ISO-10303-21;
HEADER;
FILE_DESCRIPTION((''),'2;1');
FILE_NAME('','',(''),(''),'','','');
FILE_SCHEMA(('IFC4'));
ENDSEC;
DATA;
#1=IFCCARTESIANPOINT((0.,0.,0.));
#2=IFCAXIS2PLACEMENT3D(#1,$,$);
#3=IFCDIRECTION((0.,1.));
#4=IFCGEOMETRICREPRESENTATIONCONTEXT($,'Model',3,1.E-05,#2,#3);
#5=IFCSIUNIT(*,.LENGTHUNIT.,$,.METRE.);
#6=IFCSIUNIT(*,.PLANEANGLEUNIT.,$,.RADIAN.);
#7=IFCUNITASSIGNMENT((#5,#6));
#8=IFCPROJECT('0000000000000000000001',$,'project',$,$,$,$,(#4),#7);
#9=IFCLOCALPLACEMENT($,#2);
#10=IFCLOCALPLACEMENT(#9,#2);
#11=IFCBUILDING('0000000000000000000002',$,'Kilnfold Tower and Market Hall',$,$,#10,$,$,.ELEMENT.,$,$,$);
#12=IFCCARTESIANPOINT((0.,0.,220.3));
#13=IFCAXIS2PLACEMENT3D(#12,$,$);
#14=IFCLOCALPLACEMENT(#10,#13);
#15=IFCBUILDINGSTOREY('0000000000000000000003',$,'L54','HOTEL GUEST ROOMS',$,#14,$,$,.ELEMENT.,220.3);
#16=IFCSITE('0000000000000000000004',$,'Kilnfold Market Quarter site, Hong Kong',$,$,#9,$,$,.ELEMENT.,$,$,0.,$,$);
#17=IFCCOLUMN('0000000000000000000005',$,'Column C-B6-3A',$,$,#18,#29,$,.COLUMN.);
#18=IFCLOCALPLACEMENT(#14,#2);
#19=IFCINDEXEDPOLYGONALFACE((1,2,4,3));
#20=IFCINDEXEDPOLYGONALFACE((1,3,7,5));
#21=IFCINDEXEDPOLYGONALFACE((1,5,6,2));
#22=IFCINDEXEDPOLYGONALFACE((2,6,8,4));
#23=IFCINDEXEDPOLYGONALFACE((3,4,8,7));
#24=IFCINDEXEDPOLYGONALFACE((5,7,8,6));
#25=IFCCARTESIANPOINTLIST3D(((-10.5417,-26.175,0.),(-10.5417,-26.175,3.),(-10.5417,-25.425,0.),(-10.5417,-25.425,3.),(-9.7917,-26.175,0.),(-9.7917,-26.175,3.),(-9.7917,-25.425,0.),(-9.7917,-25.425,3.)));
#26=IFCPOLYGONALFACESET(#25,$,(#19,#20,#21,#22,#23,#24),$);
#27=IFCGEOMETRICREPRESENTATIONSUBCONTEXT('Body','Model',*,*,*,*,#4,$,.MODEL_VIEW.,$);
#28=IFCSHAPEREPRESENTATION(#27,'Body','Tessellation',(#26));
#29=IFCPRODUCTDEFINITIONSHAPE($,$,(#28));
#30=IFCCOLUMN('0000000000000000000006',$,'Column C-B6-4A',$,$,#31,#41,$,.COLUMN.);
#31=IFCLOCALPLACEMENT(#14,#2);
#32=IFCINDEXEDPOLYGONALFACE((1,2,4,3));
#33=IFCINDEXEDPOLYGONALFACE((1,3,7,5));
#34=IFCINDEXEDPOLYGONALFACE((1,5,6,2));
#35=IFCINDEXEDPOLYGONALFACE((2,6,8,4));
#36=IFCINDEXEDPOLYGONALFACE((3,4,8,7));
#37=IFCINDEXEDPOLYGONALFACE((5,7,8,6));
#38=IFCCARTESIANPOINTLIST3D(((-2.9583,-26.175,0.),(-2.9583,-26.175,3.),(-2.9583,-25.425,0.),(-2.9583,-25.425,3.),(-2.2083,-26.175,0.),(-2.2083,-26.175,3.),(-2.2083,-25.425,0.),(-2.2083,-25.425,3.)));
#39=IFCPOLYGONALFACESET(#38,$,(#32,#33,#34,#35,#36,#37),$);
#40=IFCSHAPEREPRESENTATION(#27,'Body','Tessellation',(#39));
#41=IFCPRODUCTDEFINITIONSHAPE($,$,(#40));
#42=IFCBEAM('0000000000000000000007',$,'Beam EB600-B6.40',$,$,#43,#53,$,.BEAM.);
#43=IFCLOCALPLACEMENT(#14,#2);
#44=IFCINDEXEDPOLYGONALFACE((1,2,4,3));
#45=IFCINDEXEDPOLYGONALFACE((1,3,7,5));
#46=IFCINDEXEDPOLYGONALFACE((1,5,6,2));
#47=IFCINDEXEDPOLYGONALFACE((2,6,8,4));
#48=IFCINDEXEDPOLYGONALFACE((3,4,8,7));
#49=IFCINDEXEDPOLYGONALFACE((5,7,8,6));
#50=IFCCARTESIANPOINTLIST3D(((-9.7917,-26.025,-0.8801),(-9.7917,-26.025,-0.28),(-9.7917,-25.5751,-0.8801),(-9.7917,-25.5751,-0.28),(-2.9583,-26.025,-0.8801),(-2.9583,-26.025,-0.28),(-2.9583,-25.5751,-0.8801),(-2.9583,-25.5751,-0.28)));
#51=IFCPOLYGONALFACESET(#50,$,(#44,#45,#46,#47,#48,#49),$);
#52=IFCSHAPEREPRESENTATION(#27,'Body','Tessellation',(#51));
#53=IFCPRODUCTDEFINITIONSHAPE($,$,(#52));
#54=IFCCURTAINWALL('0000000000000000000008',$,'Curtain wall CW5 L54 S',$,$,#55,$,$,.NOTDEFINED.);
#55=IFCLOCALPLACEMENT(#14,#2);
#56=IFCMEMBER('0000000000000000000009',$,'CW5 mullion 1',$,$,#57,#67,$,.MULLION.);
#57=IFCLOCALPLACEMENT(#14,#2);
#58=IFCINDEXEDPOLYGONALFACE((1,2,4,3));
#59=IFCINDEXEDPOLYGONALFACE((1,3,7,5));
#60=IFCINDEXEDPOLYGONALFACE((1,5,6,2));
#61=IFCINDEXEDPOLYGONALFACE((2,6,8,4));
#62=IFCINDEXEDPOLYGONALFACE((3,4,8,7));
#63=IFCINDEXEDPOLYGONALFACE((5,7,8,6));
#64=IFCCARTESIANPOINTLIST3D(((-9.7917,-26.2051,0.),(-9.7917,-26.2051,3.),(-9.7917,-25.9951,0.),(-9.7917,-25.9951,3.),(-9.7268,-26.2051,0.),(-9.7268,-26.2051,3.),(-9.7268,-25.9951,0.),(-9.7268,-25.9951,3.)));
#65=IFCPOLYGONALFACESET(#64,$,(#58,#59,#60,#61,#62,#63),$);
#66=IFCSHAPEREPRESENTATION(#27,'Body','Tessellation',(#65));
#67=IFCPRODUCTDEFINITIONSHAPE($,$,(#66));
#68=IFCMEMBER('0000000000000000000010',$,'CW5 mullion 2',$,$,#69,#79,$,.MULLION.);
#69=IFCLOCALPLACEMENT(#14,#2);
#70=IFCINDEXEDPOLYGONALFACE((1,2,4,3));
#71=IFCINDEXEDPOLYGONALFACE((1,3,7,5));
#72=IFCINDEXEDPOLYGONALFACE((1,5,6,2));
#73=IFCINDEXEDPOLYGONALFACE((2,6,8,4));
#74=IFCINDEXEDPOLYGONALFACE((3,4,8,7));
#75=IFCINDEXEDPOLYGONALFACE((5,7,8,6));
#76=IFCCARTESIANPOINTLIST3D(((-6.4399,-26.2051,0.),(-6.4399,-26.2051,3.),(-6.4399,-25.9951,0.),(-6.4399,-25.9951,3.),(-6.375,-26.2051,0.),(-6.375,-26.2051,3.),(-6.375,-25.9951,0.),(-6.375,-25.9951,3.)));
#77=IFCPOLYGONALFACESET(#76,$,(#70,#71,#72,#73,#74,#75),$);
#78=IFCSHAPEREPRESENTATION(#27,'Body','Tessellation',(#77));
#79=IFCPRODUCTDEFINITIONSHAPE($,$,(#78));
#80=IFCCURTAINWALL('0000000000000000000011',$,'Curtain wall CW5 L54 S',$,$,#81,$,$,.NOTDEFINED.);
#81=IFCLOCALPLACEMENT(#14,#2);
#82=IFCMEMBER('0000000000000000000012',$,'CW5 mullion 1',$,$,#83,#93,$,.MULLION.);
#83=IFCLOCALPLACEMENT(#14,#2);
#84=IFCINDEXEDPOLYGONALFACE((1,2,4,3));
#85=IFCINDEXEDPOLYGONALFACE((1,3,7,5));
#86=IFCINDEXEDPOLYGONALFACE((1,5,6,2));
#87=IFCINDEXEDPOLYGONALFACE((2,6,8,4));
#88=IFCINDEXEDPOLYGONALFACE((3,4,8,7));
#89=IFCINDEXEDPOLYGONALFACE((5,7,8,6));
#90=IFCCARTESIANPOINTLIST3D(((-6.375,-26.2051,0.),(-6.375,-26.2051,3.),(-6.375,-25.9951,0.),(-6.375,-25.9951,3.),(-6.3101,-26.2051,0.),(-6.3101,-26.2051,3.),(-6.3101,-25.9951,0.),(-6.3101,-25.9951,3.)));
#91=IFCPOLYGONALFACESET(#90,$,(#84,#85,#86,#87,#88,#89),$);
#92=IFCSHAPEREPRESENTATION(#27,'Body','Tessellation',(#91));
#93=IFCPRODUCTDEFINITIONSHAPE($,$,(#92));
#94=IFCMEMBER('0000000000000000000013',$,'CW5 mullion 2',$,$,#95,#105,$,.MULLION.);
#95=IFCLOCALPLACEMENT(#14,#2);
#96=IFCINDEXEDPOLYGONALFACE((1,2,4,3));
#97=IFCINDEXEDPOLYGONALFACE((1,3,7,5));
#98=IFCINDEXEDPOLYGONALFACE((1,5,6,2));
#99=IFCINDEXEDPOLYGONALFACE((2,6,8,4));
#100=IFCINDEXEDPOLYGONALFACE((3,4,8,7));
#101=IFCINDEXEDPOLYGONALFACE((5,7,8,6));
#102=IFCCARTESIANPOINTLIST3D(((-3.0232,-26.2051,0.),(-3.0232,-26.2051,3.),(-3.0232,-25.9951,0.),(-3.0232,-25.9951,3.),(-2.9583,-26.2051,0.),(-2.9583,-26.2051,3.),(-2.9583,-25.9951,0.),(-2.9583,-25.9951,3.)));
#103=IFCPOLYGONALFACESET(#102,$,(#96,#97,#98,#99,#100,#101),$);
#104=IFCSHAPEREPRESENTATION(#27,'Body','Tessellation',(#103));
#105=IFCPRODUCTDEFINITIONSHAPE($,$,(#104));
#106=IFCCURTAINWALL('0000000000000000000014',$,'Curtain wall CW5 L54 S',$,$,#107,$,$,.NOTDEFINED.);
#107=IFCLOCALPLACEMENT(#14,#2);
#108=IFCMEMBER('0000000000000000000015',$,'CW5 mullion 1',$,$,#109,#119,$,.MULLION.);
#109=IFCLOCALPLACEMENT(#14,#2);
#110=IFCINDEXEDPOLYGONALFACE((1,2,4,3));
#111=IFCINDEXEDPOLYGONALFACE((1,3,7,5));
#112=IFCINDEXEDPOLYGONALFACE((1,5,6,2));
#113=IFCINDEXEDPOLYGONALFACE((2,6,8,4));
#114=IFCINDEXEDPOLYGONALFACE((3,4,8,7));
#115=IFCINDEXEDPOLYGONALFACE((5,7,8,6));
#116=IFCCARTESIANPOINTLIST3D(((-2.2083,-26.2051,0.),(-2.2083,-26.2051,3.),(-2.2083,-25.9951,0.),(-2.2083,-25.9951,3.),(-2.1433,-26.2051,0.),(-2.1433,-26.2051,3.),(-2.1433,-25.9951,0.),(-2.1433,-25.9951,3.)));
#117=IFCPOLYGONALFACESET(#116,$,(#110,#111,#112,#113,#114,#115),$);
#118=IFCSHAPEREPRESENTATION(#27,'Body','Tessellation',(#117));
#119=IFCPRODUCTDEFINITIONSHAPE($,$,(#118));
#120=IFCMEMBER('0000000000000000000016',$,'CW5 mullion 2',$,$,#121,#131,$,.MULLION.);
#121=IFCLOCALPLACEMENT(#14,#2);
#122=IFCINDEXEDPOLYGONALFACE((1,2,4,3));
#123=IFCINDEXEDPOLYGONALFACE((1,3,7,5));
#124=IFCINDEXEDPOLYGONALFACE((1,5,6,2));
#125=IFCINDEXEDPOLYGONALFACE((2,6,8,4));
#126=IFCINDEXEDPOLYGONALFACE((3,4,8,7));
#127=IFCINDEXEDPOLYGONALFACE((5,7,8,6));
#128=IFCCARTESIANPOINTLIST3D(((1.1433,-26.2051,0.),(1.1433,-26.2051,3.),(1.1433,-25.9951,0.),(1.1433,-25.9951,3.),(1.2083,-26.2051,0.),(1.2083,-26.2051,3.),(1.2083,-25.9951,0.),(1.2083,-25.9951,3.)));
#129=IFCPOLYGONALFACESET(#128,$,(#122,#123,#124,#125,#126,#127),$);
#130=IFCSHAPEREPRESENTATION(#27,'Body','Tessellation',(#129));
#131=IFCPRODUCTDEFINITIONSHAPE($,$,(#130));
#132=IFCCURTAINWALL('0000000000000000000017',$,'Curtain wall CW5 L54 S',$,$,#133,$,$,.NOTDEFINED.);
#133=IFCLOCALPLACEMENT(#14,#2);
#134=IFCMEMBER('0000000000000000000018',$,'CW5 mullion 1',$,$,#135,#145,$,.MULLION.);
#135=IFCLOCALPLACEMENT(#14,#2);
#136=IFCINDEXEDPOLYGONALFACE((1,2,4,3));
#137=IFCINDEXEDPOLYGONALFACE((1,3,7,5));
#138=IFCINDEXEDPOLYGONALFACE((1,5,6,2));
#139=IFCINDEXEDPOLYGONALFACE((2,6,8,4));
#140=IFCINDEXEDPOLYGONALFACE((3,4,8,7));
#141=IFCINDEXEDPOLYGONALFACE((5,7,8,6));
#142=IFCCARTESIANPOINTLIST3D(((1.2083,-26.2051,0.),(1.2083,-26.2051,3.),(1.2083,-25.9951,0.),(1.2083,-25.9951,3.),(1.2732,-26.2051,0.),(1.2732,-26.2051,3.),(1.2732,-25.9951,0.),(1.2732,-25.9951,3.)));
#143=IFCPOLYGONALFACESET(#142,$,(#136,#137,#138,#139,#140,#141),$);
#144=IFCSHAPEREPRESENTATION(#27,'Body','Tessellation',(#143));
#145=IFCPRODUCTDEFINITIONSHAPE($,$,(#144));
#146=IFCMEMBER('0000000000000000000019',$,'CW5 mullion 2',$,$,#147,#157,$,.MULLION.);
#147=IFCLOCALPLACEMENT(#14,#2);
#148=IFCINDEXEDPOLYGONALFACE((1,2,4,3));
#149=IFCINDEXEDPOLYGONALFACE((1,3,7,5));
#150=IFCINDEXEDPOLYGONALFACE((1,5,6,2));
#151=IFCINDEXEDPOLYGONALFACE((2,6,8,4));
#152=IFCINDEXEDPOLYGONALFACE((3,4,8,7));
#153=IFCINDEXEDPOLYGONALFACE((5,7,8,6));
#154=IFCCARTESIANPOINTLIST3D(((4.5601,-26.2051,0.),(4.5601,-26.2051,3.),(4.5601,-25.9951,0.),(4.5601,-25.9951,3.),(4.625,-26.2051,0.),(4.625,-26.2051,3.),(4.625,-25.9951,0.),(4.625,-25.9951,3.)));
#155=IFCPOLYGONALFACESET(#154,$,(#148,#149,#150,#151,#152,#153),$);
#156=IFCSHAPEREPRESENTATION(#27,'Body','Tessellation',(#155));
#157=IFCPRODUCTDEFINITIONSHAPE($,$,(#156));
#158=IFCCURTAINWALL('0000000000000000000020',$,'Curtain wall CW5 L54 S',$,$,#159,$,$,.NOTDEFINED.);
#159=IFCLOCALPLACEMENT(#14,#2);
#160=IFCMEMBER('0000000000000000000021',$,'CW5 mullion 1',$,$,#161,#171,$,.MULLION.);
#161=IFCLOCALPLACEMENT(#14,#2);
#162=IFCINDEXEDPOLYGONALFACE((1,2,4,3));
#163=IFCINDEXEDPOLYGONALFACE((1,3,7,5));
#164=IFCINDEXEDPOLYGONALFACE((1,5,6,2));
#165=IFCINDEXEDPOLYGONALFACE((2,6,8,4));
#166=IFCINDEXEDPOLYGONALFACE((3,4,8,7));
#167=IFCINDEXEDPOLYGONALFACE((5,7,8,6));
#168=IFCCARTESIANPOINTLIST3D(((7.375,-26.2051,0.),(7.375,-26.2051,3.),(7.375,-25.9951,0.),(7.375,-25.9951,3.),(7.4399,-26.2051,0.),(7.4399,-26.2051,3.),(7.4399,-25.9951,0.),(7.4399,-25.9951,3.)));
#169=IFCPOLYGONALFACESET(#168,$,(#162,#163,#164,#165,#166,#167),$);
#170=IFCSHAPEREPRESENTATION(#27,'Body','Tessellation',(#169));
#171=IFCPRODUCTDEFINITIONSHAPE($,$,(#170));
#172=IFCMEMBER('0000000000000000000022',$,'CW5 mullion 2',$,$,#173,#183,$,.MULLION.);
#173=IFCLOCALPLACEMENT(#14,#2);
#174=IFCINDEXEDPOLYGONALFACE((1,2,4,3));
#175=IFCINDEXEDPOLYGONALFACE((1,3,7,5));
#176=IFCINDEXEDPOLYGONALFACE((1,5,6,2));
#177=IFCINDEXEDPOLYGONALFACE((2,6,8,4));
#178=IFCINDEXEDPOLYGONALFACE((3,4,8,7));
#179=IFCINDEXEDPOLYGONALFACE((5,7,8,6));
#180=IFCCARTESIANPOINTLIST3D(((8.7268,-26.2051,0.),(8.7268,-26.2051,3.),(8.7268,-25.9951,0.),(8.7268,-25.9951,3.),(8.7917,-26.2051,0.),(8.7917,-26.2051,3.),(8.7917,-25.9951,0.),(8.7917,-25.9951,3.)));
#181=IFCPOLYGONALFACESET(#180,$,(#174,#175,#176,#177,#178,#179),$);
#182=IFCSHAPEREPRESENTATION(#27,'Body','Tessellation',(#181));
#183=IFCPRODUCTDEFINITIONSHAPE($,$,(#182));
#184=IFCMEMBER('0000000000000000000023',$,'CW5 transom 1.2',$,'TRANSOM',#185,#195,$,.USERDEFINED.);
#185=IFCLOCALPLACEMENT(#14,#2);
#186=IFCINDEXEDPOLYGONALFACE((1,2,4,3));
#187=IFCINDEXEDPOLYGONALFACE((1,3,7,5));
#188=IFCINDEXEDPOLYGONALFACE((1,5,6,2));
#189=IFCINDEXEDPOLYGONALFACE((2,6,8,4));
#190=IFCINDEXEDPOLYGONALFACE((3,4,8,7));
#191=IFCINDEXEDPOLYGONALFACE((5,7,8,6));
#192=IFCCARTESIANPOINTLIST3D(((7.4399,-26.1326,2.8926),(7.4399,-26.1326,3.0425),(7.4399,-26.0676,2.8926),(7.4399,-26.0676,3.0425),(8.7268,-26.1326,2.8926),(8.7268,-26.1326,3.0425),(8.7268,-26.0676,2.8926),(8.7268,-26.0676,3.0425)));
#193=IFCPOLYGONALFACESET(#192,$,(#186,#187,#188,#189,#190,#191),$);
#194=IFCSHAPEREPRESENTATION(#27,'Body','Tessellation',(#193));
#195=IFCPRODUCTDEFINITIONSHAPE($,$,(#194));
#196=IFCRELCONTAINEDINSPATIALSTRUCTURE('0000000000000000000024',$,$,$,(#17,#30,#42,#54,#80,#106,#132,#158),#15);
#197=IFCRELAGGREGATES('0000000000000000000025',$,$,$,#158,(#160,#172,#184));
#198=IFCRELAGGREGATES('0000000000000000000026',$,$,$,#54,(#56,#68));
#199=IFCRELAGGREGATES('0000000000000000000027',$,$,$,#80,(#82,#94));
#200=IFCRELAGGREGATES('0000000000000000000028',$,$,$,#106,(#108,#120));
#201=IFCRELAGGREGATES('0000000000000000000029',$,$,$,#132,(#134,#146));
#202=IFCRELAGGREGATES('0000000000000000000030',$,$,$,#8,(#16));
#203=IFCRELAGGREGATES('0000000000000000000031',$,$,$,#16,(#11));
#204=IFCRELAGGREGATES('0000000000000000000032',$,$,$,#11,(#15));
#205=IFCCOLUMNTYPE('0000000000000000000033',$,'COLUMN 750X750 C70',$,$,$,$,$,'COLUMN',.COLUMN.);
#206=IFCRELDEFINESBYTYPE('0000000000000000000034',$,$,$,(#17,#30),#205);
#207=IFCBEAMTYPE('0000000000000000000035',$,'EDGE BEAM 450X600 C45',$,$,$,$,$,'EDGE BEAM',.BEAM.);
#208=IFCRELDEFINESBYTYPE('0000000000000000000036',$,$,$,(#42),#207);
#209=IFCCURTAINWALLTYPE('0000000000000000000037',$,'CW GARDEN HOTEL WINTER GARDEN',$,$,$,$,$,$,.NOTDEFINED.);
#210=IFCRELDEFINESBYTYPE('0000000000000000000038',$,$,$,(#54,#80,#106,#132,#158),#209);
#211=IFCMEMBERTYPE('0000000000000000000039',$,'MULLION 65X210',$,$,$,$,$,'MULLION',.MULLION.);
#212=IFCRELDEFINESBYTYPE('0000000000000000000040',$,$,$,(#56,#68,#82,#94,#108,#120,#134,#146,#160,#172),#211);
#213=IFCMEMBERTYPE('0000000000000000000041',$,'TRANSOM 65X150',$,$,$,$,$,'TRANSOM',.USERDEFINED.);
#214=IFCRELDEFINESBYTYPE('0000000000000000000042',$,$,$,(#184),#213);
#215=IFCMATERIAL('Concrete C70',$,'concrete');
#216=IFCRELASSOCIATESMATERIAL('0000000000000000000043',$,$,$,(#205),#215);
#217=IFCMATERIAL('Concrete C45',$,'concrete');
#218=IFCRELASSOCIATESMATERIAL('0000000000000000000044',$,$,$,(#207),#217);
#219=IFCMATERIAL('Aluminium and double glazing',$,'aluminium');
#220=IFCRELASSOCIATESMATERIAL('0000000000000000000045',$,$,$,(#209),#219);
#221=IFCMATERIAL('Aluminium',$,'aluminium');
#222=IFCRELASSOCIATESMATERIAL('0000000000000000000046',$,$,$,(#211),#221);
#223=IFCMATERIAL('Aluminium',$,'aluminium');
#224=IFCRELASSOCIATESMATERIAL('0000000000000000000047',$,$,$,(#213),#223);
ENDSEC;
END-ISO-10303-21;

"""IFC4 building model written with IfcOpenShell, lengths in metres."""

from ifc_helpers import new_model, si_unit, direction, frame, origin, origin_2d, place, context, subcontext, project, spatial, rectangle, extrude, source, transform, mapped, material, material_profile, profile_set, type_object, element, aggregate, save


model = new_model("IFC4")

# Units and contexts
model_context = context("Model", 3, precision=1e-05, world=origin(), true_north=direction((0.0, 1.0)))
body_context = subcontext(model_context, "Body", "Model", "MODEL_VIEW")
ifc_project = project(units=[si_unit("LENGTHUNIT", "METRE"), si_unit("PLANEANGLEUNIT", "RADIAN")], contexts=[model_context])

# Site, building, storey
site_placement = place(None, origin())
site = spatial("IfcSite", under=ifc_project, at=site_placement, Name="Kilnfold Market Quarter site, Hong Kong", CompositionType="ELEMENT", RefElevation=0.0)
building_placement = place(site_placement, origin())
building = spatial("IfcBuilding", under=site, at=building_placement, Name="Kilnfold Tower and Market Hall", CompositionType="ELEMENT")
storey_placement = place(building_placement, frame((0.0, 0.0, 220.3)))
storey = spatial("IfcBuildingStorey", under=building, at=storey_placement, Name="L54", Description="HOTEL GUEST ROOMS", CompositionType="ELEMENT", Elevation=220.3)

# Columns
ifc_material_1 = material(Name="Concrete C70", Category="concrete")
ifc_material_profile_1 = material_profile(ifc_material_1, rectangle(XDim=0.75, YDim=0.75, at=origin_2d()), Name="RC 750x750")
ifc_profile_set_1 = profile_set([ifc_material_profile_1], Name="Concrete C70")
column_type = type_object("IfcColumnType", Name="COLUMN 750X750 C70", ElementType="COLUMN", PredefinedType="COLUMN", material=ifc_profile_set_1)
shared_shape_1 = source(origin(), body_context, "Body", "SweptSolid", [
    extrude(rectangle(XDim=0.75, YDim=0.75, at=origin_2d()), origin(), (0.0, 0.0, 1.0), 3.0),
])
for number, where, z_axis, x_axis, name in (
    (1, (-10.1667, -25.8, 0.0), (0.0, 0.0, 1.0), (1.0, 0.0, 0.0), "Column C-B6-3A"),
    (2, (-2.5833, -25.8, 0.0), (0.0, 0.0, 1.0), (1.0, 0.0, 0.0), "Column C-B6-4A"),
):
    element("IfcColumn", number, at=place(storey_placement, frame(where, z_axis=z_axis, x_axis=x_axis)), inside=storey, type_object=column_type, Name=name, PredefinedType="COLUMN", context=body_context, shape_type="MappedRepresentation", body=[
        mapped(shared_shape_1, transform((0.0, 0.0, 0.0))),
    ])

# Beam
ifc_material_2 = material(Name="Concrete C45", Category="concrete")
ifc_material_profile_2 = material_profile(ifc_material_2, rectangle(XDim=0.45, YDim=0.6001, at=origin_2d()), Name="RC 450x600")
ifc_profile_set_2 = profile_set([ifc_material_profile_2], Name="Concrete C45")
beam_type = type_object("IfcBeamType", Name="EDGE BEAM 450X600 C45", ElementType="EDGE BEAM", PredefinedType="BEAM", material=ifc_profile_set_2)
shared_shape_2 = source(origin(), body_context, "Body", "SweptSolid", [
    extrude(rectangle(XDim=0.45, YDim=0.6001, at=origin_2d()), origin(), (0.0, 0.0, 1.0), 6.8335),
])
beam_placement = place(storey_placement, frame((-9.7917, -25.8, -0.5801), z_axis=(1.0, 0.0, 0.0), x_axis=(0.0, 1.0, 0.0)))
element("IfcBeam", 3, at=beam_placement, inside=storey, type_object=beam_type, Name="Beam EB600-B6.40", PredefinedType="BEAM", context=body_context, shape_type="MappedRepresentation", body=[
    mapped(shared_shape_2, transform((0.0, 0.0, 0.0))),
])

# Curtain walls, members
ifc_material_3 = material(Name="Aluminium and double glazing", Category="aluminium")
curtain_wall_type = type_object("IfcCurtainWallType", Name="CW GARDEN HOTEL WINTER GARDEN", PredefinedType="NOTDEFINED", material=ifc_material_3)
curtain_wall_1_placement = place(storey_placement, origin())
curtain_wall_1 = element("IfcCurtainWall", 4, at=curtain_wall_1_placement, inside=storey, type_object=curtain_wall_type, Name="Curtain wall CW5 L54 S", PredefinedType="NOTDEFINED")
ifc_material_4 = material(Name="Aluminium", Category="aluminium")
ifc_material_profile_3 = material_profile(ifc_material_4, rectangle(XDim=0.0649, YDim=0.21, at=origin_2d()), Name="MULLION 65x210")
ifc_profile_set_3 = profile_set([ifc_material_profile_3], Name="Aluminium")
member_type_1 = type_object("IfcMemberType", Name="MULLION 65X210", ElementType="MULLION", PredefinedType="MULLION", material=ifc_profile_set_3)
shared_shape_3 = source(origin(), body_context, "Body", "SweptSolid", [
    extrude(rectangle(XDim=0.0649, YDim=0.21, at=origin_2d()), origin(), (0.0, 0.0, 1.0), 3.0),
])
member_1_placement = place(storey_placement, frame((-9.7593, -26.1001, 0.0), z_axis=(0.0, 0.0, 1.0), x_axis=(1.0, 0.0, 0.0)))
member_1 = element("IfcMember", 5, at=member_1_placement, type_object=member_type_1, Name="CW5 mullion 1", PredefinedType="MULLION", context=body_context, shape_type="MappedRepresentation", body=[
    mapped(shared_shape_3, transform((0.0, 0.0, 0.0))),
])
member_2_placement = place(storey_placement, frame((-6.4075, -26.1001, 0.0), z_axis=(0.0, 0.0, 1.0), x_axis=(1.0, 0.0, 0.0)))
member_2 = element("IfcMember", 6, at=member_2_placement, type_object=member_type_1, Name="CW5 mullion 2", PredefinedType="MULLION", context=body_context, shape_type="MappedRepresentation", body=[
    mapped(shared_shape_3, transform((0.0, 0.0, 0.0))),
])
curtain_wall_2_placement = place(storey_placement, origin())
curtain_wall_2 = element("IfcCurtainWall", 7, at=curtain_wall_2_placement, inside=storey, type_object=curtain_wall_type, Name="Curtain wall CW5 L54 S", PredefinedType="NOTDEFINED")
member_3_placement = place(storey_placement, frame((-6.3425, -26.1001, 0.0), z_axis=(0.0, 0.0, 1.0), x_axis=(1.0, 0.0, 0.0)))
member_3 = element("IfcMember", 8, at=member_3_placement, type_object=member_type_1, Name="CW5 mullion 1", PredefinedType="MULLION", context=body_context, shape_type="MappedRepresentation", body=[
    mapped(shared_shape_3, transform((0.0, 0.0, 0.0))),
])
member_4_placement = place(storey_placement, frame((-2.9907, -26.1001, 0.0), z_axis=(0.0, 0.0, 1.0), x_axis=(1.0, 0.0, 0.0)))
member_4 = element("IfcMember", 9, at=member_4_placement, type_object=member_type_1, Name="CW5 mullion 2", PredefinedType="MULLION", context=body_context, shape_type="MappedRepresentation", body=[
    mapped(shared_shape_3, transform((0.0, 0.0, 0.0))),
])
curtain_wall_3_placement = place(storey_placement, origin())
curtain_wall_3 = element("IfcCurtainWall", 10, at=curtain_wall_3_placement, inside=storey, type_object=curtain_wall_type, Name="Curtain wall CW5 L54 S", PredefinedType="NOTDEFINED")
member_5_placement = place(storey_placement, frame((-2.1758, -26.1001, 0.0), z_axis=(0.0, 0.0, 1.0), x_axis=(1.0, 0.0, 0.0)))
member_5 = element("IfcMember", 11, at=member_5_placement, type_object=member_type_1, Name="CW5 mullion 1", PredefinedType="MULLION", context=body_context, shape_type="MappedRepresentation", body=[
    mapped(shared_shape_3, transform((0.0, 0.0, 0.0))),
])
member_6_placement = place(storey_placement, frame((1.1758, -26.1001, 0.0), z_axis=(0.0, 0.0, 1.0), x_axis=(1.0, 0.0, 0.0)))
member_6 = element("IfcMember", 12, at=member_6_placement, type_object=member_type_1, Name="CW5 mullion 2", PredefinedType="MULLION", context=body_context, shape_type="MappedRepresentation", body=[
    mapped(shared_shape_3, transform((0.0, 0.0, 0.0))),
])
curtain_wall_4_placement = place(storey_placement, origin())
curtain_wall_4 = element("IfcCurtainWall", 13, at=curtain_wall_4_placement, inside=storey, type_object=curtain_wall_type, Name="Curtain wall CW5 L54 S", PredefinedType="NOTDEFINED")
member_7_placement = place(storey_placement, frame((1.2407, -26.1001, 0.0), z_axis=(0.0, 0.0, 1.0), x_axis=(1.0, 0.0, 0.0)))
member_7 = element("IfcMember", 14, at=member_7_placement, type_object=member_type_1, Name="CW5 mullion 1", PredefinedType="MULLION", context=body_context, shape_type="MappedRepresentation", body=[
    mapped(shared_shape_3, transform((0.0, 0.0, 0.0))),
])
member_8_placement = place(storey_placement, frame((4.5925, -26.1001, 0.0), z_axis=(0.0, 0.0, 1.0), x_axis=(1.0, 0.0, 0.0)))
member_8 = element("IfcMember", 15, at=member_8_placement, type_object=member_type_1, Name="CW5 mullion 2", PredefinedType="MULLION", context=body_context, shape_type="MappedRepresentation", body=[
    mapped(shared_shape_3, transform((0.0, 0.0, 0.0))),
])
curtain_wall_5_placement = place(storey_placement, origin())
curtain_wall_5 = element("IfcCurtainWall", 16, at=curtain_wall_5_placement, inside=storey, type_object=curtain_wall_type, Name="Curtain wall CW5 L54 S", PredefinedType="NOTDEFINED")
member_9_placement = place(storey_placement, frame((7.4075, -26.1001, 0.0), z_axis=(0.0, 0.0, 1.0), x_axis=(1.0, 0.0, 0.0)))
member_9 = element("IfcMember", 17, at=member_9_placement, type_object=member_type_1, Name="CW5 mullion 1", PredefinedType="MULLION", context=body_context, shape_type="MappedRepresentation", body=[
    mapped(shared_shape_3, transform((0.0, 0.0, 0.0))),
])
member_10_placement = place(storey_placement, frame((8.7593, -26.1001, 0.0), z_axis=(0.0, 0.0, 1.0), x_axis=(1.0, 0.0, 0.0)))
member_10 = element("IfcMember", 18, at=member_10_placement, type_object=member_type_1, Name="CW5 mullion 2", PredefinedType="MULLION", context=body_context, shape_type="MappedRepresentation", body=[
    mapped(shared_shape_3, transform((0.0, 0.0, 0.0))),
])
ifc_material_5 = material(Name="Aluminium", Category="aluminium")
ifc_material_profile_4 = material_profile(ifc_material_5, rectangle(XDim=0.0649, YDim=0.1499, at=origin_2d()), Name="TRANSOM 65x150")
ifc_profile_set_4 = profile_set([ifc_material_profile_4], Name="Aluminium")
member_type_2 = type_object("IfcMemberType", Name="TRANSOM 65X150", ElementType="TRANSOM", PredefinedType="USERDEFINED", material=ifc_profile_set_4)
shared_shape_4 = source(origin(), body_context, "Body", "SweptSolid", [
    extrude(rectangle(XDim=0.0649, YDim=0.1499, at=origin_2d()), origin(), (0.0, 0.0, 1.0), 1.2869),
])
member_11_placement = place(storey_placement, frame((7.4399, -26.1001, 2.9675), z_axis=(1.0, 0.0, 0.0), x_axis=(0.0, 1.0, 0.0)))
member_11 = element("IfcMember", 19, at=member_11_placement, type_object=member_type_2, Name="CW5 transom 1.2", ObjectType="TRANSOM", PredefinedType="USERDEFINED", context=body_context, shape_type="MappedRepresentation", body=[
    mapped(shared_shape_4, transform((0.0, 0.0, 0.0))),
])

aggregate(curtain_wall_5, [member_9, member_10, member_11])
aggregate(curtain_wall_1, [member_1, member_2])
aggregate(curtain_wall_2, [member_3, member_4])
aggregate(curtain_wall_3, [member_5, member_6])
aggregate(curtain_wall_4, [member_7, member_8])

save(model, "model.ifc")
